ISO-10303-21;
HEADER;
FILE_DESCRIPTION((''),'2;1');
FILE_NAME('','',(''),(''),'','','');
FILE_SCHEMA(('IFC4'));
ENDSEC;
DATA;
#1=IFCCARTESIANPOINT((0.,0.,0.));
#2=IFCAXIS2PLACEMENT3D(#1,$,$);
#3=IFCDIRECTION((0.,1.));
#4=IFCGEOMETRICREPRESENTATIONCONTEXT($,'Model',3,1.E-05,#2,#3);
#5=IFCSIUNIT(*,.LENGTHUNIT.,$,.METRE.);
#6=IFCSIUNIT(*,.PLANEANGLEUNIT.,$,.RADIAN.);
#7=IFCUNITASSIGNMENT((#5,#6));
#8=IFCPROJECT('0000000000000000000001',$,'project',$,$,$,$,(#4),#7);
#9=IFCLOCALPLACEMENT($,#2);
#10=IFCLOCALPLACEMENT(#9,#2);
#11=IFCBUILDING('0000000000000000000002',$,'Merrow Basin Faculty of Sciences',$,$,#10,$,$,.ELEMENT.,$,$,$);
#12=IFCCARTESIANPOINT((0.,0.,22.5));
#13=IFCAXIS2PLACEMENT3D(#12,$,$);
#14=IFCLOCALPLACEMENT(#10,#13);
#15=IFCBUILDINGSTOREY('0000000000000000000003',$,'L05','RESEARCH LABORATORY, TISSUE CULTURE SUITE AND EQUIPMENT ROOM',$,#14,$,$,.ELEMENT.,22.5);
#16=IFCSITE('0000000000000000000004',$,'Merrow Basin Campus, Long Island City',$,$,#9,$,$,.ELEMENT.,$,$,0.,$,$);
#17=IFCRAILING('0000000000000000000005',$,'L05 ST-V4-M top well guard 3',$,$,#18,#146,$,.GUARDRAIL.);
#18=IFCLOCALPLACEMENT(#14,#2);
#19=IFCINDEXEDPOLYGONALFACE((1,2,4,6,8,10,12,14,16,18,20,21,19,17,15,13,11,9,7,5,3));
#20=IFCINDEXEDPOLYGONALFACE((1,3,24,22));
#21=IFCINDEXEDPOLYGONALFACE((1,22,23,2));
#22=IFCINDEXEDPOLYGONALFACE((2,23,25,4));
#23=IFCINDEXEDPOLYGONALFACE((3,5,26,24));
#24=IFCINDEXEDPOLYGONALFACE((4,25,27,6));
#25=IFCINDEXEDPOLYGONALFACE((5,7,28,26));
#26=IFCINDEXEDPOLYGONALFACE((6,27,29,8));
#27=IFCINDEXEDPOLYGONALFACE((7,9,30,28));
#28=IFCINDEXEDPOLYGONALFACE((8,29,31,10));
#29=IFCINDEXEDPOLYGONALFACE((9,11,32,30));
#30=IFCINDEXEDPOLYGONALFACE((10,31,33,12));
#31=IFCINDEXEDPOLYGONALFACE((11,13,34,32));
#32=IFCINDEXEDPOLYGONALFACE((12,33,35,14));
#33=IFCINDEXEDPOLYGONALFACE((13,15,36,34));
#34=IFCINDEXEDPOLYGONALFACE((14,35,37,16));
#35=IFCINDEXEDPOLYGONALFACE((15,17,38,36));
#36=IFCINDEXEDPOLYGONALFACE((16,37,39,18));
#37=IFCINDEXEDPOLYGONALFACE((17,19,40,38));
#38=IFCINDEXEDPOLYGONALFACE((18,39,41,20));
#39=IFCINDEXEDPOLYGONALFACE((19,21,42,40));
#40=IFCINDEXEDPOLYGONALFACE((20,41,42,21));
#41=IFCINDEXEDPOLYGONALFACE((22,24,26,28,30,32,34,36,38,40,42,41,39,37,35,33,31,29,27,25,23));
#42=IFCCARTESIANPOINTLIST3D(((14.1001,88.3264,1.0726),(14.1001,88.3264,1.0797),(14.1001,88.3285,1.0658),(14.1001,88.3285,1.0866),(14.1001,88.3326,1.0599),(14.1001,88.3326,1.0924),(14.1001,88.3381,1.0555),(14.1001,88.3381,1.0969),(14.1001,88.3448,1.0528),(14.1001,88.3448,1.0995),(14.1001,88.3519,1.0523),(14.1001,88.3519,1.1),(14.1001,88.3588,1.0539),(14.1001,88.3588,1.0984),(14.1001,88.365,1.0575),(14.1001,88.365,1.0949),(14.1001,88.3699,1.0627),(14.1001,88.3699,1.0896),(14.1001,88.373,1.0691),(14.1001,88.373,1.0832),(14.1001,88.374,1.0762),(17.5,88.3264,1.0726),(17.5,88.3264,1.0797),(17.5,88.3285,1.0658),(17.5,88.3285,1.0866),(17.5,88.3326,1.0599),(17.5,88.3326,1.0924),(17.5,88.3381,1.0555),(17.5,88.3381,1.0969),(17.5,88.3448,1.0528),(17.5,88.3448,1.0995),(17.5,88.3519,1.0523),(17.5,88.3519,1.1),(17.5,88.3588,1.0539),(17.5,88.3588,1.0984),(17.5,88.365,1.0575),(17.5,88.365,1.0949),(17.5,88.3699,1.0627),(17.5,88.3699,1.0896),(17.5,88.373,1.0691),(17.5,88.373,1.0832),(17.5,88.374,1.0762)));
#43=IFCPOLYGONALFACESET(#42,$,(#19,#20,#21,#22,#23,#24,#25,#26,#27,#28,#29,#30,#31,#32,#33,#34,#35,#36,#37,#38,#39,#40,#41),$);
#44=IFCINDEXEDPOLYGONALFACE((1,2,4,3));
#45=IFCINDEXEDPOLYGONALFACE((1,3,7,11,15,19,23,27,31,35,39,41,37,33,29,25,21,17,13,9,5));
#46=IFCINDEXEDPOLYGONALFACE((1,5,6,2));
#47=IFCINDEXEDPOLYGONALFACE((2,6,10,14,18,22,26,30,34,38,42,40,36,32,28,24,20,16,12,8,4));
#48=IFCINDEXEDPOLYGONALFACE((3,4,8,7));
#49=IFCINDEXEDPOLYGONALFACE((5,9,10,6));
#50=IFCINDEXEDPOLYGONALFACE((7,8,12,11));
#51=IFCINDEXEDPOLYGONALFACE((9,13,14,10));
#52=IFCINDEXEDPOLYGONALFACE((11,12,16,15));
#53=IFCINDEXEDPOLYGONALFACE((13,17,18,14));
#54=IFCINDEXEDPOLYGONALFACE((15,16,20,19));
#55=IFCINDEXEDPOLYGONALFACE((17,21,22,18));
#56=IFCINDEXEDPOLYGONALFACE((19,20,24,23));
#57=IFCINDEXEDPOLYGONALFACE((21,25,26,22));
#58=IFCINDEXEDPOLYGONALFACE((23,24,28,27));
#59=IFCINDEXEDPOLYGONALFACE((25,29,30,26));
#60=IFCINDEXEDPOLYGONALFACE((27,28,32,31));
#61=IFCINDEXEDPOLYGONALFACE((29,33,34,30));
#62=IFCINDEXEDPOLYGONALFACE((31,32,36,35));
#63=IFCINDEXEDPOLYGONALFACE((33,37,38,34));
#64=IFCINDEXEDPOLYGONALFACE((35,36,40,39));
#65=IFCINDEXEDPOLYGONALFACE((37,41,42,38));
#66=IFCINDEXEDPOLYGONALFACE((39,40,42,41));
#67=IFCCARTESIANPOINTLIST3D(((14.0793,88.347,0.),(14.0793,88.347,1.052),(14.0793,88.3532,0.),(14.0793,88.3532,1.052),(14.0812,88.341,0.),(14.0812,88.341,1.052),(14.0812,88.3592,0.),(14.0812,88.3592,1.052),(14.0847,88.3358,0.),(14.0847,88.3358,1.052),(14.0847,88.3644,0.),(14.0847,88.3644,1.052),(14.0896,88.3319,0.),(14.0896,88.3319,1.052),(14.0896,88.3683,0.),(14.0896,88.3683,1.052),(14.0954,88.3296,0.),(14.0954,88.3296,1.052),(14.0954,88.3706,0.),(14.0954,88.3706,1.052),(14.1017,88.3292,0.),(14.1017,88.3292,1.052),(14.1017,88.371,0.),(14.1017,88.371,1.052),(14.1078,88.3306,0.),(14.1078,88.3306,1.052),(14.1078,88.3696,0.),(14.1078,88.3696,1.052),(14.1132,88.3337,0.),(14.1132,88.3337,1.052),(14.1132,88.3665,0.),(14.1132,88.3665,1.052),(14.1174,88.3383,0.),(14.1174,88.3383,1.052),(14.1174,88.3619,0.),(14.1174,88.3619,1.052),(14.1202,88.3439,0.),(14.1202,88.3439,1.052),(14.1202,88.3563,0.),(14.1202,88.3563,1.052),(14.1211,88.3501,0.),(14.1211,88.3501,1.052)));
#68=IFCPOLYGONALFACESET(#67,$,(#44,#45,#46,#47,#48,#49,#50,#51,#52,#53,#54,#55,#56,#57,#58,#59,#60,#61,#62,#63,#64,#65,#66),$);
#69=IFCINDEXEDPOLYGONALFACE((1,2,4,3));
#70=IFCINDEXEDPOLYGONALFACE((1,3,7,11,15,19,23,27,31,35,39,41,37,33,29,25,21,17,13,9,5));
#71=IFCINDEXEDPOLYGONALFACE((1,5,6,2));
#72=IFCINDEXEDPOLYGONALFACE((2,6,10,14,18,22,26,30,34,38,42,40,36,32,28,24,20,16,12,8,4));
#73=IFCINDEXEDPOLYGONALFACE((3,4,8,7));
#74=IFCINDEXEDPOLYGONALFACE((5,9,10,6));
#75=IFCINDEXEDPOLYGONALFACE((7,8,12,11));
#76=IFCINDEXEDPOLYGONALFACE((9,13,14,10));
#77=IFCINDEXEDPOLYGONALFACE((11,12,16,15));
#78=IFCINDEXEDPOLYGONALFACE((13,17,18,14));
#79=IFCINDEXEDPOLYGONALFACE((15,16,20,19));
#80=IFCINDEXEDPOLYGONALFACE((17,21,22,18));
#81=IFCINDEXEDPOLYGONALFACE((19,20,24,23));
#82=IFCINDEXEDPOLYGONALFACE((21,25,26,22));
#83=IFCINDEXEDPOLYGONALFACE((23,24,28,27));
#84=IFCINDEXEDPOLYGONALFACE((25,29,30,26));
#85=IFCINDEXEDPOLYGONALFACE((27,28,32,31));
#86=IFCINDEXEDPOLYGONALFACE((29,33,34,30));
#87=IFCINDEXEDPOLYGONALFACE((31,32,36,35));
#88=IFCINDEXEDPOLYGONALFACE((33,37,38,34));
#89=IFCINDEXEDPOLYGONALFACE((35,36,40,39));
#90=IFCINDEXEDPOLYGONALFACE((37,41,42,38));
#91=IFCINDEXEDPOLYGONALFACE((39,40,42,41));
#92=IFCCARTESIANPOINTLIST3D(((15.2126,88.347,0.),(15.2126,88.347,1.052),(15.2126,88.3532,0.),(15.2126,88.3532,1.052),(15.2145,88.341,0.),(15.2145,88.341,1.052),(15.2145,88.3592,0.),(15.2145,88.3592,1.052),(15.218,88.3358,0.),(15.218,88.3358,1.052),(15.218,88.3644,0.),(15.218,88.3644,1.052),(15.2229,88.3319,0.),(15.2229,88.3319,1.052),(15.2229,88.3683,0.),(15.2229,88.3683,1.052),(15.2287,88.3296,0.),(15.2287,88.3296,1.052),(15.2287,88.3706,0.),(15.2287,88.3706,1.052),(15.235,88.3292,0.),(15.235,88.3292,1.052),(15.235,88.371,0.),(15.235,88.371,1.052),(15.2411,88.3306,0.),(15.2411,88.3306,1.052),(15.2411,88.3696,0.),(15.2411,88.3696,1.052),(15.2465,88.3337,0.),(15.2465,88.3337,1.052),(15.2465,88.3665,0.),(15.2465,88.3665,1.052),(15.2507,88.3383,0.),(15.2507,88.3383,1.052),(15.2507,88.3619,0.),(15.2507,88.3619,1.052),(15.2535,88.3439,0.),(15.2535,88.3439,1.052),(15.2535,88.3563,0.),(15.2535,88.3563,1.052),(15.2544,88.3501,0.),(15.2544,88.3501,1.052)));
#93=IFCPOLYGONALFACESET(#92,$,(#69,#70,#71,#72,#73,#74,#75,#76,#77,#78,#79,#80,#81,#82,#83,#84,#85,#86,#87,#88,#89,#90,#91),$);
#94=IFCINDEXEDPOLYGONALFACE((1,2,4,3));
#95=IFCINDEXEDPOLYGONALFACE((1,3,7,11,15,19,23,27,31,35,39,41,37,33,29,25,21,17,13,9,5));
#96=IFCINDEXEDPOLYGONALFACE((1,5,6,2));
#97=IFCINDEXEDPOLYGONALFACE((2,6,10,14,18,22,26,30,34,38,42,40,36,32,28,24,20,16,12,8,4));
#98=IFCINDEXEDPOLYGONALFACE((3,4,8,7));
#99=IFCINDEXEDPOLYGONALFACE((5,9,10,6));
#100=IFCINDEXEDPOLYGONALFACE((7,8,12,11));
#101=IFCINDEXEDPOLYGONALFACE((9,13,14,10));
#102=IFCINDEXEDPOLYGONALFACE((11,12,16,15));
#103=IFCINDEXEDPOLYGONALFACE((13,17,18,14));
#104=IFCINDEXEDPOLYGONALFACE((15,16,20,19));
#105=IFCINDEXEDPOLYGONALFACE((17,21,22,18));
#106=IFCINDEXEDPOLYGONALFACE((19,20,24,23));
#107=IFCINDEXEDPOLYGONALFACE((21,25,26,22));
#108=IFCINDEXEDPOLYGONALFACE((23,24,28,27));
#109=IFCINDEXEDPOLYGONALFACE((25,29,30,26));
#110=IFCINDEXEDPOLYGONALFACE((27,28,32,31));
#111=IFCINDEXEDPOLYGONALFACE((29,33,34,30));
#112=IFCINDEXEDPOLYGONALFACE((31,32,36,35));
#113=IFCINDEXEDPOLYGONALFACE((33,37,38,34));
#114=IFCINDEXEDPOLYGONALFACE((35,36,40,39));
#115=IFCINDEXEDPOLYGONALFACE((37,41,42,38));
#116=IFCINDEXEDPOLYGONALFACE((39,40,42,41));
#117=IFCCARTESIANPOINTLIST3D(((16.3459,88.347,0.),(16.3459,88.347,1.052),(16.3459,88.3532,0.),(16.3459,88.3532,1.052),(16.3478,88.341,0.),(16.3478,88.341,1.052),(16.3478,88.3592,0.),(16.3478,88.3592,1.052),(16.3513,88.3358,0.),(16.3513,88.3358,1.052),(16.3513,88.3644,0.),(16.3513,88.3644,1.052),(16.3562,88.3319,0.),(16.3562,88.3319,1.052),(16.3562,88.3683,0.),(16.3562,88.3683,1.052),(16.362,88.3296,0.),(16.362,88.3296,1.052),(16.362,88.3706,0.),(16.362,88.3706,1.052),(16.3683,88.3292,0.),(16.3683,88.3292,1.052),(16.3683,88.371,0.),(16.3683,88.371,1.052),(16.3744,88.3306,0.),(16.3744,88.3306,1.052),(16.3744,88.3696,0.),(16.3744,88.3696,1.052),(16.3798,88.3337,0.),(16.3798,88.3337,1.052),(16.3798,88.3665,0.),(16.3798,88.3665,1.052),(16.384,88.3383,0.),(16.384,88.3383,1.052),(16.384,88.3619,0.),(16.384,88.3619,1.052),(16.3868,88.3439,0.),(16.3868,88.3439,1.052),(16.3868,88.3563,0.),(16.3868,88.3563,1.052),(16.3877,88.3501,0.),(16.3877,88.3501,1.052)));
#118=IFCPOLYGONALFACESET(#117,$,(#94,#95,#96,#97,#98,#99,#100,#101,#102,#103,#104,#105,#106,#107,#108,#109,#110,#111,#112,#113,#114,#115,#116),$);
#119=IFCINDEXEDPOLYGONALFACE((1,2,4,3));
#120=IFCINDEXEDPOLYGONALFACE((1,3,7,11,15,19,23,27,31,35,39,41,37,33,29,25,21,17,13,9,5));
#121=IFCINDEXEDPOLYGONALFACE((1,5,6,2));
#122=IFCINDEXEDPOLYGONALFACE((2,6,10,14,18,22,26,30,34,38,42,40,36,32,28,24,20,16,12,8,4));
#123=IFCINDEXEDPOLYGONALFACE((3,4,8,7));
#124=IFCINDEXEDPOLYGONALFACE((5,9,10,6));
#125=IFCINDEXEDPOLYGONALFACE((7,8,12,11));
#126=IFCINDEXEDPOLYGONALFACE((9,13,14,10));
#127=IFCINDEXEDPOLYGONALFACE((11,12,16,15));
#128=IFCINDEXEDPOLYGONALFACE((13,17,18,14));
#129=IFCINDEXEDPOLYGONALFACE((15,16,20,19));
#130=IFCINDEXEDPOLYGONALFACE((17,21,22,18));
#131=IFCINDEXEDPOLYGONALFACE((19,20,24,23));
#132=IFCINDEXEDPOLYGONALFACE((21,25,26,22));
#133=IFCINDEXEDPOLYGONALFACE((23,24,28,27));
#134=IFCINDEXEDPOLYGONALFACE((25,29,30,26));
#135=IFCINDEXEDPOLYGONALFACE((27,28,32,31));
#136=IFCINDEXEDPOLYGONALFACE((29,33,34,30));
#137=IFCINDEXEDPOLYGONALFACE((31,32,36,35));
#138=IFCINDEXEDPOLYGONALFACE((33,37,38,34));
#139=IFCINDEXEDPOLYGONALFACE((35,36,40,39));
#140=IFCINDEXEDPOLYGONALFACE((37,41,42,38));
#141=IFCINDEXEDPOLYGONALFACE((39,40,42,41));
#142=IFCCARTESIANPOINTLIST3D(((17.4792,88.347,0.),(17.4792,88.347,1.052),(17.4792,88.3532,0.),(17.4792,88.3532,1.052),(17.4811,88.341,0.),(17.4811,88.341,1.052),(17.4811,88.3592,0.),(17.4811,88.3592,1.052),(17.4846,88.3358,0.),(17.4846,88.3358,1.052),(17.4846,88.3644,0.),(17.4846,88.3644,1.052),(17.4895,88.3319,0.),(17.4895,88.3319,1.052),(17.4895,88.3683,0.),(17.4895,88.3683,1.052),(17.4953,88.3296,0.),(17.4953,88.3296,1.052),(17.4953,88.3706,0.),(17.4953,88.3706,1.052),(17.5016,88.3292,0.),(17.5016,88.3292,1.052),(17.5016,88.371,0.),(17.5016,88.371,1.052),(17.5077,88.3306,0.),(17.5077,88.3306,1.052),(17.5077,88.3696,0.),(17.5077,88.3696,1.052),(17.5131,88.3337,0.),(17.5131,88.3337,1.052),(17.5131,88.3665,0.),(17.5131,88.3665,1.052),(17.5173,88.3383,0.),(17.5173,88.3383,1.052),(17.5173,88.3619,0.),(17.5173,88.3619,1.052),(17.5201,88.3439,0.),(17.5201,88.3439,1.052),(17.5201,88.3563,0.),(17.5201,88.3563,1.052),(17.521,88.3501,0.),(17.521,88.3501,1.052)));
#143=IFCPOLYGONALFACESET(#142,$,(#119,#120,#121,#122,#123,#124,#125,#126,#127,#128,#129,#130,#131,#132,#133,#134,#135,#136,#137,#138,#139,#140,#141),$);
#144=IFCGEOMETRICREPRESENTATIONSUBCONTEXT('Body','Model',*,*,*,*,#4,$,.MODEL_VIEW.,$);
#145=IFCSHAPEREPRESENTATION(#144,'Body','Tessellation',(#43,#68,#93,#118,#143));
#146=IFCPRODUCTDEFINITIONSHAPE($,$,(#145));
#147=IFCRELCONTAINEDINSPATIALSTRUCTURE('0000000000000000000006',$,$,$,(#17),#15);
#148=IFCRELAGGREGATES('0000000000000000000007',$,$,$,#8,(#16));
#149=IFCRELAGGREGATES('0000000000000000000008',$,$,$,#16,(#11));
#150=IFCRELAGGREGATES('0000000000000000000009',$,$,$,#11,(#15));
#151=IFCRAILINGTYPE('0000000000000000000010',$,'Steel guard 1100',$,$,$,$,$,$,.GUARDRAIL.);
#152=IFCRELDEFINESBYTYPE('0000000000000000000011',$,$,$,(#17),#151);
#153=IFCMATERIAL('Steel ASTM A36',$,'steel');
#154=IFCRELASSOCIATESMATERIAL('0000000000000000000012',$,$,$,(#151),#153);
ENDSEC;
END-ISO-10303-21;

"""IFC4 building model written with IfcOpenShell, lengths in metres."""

from ifc_helpers import new_model, si_unit, direction, frame, origin, origin_2d, place, context, subcontext, project, spatial, circle, extrude, material, type_object, element, save


model = new_model("IFC4")

# Units and contexts
model_context = context("Model", 3, precision=1e-05, world=origin(), true_north=direction((0.0, 1.0)))
body_context = subcontext(model_context, "Body", "Model", "MODEL_VIEW")
ifc_project = project(units=[si_unit("LENGTHUNIT", "METRE"), si_unit("PLANEANGLEUNIT", "RADIAN")], contexts=[model_context])

# Site, building, storey
site_placement = place(None, origin())
site = spatial("IfcSite", under=ifc_project, at=site_placement, Name="Merrow Basin Campus, Long Island City", CompositionType="ELEMENT", RefElevation=0.0)
building_placement = place(site_placement, origin())
building = spatial("IfcBuilding", under=site, at=building_placement, Name="Merrow Basin Faculty of Sciences", CompositionType="ELEMENT")
storey_placement = place(building_placement, frame((0.0, 0.0, 22.5)))
storey = spatial("IfcBuildingStorey", under=building, at=storey_placement, Name="L05", Description="RESEARCH LABORATORY, TISSUE CULTURE SUITE AND EQUIPMENT ROOM", CompositionType="ELEMENT", Elevation=22.5)

# Railing
ifc_material_1 = material(Name="Steel ASTM A36", Category="steel")
railing_type = type_object("IfcRailingType", Name="Steel guard 1100", PredefinedType="GUARDRAIL", material=ifc_material_1)
railing_1_placement = place(storey_placement, frame((14.1001, 88.3501, 0.0)))
element("IfcRailing", 1, at=railing_1_placement, inside=storey, type_object=railing_type, Name="L05 ST-V4-M top well guard 3", PredefinedType="GUARDRAIL", context=body_context, shape_type="SweptSolid", body=[
    extrude(circle(Radius=0.0239, at=origin_2d()), frame((0.0, 0.0, 1.0762), z_axis=(1.0, 0.0, 0.0), x_axis=(0.0, 1.0, 0.0)), (0.0, 0.0, 1.0), 3.3999),
    extrude(circle(Radius=0.021, at=origin_2d()), origin(), (0.0, 0.0, 1.0), 1.052),
    extrude(circle(Radius=0.021, at=origin_2d()), frame((1.1333, 0.0, 0.0)), (0.0, 0.0, 1.0), 1.052),
    extrude(circle(Radius=0.021, at=origin_2d()), frame((2.2666, 0.0, 0.0)), (0.0, 0.0, 1.0), 1.052),
    extrude(circle(Radius=0.021, at=origin_2d()), frame((3.3999, 0.0, 0.0)), (0.0, 0.0, 1.0), 1.052),
])

save(model, "model.ifc")
